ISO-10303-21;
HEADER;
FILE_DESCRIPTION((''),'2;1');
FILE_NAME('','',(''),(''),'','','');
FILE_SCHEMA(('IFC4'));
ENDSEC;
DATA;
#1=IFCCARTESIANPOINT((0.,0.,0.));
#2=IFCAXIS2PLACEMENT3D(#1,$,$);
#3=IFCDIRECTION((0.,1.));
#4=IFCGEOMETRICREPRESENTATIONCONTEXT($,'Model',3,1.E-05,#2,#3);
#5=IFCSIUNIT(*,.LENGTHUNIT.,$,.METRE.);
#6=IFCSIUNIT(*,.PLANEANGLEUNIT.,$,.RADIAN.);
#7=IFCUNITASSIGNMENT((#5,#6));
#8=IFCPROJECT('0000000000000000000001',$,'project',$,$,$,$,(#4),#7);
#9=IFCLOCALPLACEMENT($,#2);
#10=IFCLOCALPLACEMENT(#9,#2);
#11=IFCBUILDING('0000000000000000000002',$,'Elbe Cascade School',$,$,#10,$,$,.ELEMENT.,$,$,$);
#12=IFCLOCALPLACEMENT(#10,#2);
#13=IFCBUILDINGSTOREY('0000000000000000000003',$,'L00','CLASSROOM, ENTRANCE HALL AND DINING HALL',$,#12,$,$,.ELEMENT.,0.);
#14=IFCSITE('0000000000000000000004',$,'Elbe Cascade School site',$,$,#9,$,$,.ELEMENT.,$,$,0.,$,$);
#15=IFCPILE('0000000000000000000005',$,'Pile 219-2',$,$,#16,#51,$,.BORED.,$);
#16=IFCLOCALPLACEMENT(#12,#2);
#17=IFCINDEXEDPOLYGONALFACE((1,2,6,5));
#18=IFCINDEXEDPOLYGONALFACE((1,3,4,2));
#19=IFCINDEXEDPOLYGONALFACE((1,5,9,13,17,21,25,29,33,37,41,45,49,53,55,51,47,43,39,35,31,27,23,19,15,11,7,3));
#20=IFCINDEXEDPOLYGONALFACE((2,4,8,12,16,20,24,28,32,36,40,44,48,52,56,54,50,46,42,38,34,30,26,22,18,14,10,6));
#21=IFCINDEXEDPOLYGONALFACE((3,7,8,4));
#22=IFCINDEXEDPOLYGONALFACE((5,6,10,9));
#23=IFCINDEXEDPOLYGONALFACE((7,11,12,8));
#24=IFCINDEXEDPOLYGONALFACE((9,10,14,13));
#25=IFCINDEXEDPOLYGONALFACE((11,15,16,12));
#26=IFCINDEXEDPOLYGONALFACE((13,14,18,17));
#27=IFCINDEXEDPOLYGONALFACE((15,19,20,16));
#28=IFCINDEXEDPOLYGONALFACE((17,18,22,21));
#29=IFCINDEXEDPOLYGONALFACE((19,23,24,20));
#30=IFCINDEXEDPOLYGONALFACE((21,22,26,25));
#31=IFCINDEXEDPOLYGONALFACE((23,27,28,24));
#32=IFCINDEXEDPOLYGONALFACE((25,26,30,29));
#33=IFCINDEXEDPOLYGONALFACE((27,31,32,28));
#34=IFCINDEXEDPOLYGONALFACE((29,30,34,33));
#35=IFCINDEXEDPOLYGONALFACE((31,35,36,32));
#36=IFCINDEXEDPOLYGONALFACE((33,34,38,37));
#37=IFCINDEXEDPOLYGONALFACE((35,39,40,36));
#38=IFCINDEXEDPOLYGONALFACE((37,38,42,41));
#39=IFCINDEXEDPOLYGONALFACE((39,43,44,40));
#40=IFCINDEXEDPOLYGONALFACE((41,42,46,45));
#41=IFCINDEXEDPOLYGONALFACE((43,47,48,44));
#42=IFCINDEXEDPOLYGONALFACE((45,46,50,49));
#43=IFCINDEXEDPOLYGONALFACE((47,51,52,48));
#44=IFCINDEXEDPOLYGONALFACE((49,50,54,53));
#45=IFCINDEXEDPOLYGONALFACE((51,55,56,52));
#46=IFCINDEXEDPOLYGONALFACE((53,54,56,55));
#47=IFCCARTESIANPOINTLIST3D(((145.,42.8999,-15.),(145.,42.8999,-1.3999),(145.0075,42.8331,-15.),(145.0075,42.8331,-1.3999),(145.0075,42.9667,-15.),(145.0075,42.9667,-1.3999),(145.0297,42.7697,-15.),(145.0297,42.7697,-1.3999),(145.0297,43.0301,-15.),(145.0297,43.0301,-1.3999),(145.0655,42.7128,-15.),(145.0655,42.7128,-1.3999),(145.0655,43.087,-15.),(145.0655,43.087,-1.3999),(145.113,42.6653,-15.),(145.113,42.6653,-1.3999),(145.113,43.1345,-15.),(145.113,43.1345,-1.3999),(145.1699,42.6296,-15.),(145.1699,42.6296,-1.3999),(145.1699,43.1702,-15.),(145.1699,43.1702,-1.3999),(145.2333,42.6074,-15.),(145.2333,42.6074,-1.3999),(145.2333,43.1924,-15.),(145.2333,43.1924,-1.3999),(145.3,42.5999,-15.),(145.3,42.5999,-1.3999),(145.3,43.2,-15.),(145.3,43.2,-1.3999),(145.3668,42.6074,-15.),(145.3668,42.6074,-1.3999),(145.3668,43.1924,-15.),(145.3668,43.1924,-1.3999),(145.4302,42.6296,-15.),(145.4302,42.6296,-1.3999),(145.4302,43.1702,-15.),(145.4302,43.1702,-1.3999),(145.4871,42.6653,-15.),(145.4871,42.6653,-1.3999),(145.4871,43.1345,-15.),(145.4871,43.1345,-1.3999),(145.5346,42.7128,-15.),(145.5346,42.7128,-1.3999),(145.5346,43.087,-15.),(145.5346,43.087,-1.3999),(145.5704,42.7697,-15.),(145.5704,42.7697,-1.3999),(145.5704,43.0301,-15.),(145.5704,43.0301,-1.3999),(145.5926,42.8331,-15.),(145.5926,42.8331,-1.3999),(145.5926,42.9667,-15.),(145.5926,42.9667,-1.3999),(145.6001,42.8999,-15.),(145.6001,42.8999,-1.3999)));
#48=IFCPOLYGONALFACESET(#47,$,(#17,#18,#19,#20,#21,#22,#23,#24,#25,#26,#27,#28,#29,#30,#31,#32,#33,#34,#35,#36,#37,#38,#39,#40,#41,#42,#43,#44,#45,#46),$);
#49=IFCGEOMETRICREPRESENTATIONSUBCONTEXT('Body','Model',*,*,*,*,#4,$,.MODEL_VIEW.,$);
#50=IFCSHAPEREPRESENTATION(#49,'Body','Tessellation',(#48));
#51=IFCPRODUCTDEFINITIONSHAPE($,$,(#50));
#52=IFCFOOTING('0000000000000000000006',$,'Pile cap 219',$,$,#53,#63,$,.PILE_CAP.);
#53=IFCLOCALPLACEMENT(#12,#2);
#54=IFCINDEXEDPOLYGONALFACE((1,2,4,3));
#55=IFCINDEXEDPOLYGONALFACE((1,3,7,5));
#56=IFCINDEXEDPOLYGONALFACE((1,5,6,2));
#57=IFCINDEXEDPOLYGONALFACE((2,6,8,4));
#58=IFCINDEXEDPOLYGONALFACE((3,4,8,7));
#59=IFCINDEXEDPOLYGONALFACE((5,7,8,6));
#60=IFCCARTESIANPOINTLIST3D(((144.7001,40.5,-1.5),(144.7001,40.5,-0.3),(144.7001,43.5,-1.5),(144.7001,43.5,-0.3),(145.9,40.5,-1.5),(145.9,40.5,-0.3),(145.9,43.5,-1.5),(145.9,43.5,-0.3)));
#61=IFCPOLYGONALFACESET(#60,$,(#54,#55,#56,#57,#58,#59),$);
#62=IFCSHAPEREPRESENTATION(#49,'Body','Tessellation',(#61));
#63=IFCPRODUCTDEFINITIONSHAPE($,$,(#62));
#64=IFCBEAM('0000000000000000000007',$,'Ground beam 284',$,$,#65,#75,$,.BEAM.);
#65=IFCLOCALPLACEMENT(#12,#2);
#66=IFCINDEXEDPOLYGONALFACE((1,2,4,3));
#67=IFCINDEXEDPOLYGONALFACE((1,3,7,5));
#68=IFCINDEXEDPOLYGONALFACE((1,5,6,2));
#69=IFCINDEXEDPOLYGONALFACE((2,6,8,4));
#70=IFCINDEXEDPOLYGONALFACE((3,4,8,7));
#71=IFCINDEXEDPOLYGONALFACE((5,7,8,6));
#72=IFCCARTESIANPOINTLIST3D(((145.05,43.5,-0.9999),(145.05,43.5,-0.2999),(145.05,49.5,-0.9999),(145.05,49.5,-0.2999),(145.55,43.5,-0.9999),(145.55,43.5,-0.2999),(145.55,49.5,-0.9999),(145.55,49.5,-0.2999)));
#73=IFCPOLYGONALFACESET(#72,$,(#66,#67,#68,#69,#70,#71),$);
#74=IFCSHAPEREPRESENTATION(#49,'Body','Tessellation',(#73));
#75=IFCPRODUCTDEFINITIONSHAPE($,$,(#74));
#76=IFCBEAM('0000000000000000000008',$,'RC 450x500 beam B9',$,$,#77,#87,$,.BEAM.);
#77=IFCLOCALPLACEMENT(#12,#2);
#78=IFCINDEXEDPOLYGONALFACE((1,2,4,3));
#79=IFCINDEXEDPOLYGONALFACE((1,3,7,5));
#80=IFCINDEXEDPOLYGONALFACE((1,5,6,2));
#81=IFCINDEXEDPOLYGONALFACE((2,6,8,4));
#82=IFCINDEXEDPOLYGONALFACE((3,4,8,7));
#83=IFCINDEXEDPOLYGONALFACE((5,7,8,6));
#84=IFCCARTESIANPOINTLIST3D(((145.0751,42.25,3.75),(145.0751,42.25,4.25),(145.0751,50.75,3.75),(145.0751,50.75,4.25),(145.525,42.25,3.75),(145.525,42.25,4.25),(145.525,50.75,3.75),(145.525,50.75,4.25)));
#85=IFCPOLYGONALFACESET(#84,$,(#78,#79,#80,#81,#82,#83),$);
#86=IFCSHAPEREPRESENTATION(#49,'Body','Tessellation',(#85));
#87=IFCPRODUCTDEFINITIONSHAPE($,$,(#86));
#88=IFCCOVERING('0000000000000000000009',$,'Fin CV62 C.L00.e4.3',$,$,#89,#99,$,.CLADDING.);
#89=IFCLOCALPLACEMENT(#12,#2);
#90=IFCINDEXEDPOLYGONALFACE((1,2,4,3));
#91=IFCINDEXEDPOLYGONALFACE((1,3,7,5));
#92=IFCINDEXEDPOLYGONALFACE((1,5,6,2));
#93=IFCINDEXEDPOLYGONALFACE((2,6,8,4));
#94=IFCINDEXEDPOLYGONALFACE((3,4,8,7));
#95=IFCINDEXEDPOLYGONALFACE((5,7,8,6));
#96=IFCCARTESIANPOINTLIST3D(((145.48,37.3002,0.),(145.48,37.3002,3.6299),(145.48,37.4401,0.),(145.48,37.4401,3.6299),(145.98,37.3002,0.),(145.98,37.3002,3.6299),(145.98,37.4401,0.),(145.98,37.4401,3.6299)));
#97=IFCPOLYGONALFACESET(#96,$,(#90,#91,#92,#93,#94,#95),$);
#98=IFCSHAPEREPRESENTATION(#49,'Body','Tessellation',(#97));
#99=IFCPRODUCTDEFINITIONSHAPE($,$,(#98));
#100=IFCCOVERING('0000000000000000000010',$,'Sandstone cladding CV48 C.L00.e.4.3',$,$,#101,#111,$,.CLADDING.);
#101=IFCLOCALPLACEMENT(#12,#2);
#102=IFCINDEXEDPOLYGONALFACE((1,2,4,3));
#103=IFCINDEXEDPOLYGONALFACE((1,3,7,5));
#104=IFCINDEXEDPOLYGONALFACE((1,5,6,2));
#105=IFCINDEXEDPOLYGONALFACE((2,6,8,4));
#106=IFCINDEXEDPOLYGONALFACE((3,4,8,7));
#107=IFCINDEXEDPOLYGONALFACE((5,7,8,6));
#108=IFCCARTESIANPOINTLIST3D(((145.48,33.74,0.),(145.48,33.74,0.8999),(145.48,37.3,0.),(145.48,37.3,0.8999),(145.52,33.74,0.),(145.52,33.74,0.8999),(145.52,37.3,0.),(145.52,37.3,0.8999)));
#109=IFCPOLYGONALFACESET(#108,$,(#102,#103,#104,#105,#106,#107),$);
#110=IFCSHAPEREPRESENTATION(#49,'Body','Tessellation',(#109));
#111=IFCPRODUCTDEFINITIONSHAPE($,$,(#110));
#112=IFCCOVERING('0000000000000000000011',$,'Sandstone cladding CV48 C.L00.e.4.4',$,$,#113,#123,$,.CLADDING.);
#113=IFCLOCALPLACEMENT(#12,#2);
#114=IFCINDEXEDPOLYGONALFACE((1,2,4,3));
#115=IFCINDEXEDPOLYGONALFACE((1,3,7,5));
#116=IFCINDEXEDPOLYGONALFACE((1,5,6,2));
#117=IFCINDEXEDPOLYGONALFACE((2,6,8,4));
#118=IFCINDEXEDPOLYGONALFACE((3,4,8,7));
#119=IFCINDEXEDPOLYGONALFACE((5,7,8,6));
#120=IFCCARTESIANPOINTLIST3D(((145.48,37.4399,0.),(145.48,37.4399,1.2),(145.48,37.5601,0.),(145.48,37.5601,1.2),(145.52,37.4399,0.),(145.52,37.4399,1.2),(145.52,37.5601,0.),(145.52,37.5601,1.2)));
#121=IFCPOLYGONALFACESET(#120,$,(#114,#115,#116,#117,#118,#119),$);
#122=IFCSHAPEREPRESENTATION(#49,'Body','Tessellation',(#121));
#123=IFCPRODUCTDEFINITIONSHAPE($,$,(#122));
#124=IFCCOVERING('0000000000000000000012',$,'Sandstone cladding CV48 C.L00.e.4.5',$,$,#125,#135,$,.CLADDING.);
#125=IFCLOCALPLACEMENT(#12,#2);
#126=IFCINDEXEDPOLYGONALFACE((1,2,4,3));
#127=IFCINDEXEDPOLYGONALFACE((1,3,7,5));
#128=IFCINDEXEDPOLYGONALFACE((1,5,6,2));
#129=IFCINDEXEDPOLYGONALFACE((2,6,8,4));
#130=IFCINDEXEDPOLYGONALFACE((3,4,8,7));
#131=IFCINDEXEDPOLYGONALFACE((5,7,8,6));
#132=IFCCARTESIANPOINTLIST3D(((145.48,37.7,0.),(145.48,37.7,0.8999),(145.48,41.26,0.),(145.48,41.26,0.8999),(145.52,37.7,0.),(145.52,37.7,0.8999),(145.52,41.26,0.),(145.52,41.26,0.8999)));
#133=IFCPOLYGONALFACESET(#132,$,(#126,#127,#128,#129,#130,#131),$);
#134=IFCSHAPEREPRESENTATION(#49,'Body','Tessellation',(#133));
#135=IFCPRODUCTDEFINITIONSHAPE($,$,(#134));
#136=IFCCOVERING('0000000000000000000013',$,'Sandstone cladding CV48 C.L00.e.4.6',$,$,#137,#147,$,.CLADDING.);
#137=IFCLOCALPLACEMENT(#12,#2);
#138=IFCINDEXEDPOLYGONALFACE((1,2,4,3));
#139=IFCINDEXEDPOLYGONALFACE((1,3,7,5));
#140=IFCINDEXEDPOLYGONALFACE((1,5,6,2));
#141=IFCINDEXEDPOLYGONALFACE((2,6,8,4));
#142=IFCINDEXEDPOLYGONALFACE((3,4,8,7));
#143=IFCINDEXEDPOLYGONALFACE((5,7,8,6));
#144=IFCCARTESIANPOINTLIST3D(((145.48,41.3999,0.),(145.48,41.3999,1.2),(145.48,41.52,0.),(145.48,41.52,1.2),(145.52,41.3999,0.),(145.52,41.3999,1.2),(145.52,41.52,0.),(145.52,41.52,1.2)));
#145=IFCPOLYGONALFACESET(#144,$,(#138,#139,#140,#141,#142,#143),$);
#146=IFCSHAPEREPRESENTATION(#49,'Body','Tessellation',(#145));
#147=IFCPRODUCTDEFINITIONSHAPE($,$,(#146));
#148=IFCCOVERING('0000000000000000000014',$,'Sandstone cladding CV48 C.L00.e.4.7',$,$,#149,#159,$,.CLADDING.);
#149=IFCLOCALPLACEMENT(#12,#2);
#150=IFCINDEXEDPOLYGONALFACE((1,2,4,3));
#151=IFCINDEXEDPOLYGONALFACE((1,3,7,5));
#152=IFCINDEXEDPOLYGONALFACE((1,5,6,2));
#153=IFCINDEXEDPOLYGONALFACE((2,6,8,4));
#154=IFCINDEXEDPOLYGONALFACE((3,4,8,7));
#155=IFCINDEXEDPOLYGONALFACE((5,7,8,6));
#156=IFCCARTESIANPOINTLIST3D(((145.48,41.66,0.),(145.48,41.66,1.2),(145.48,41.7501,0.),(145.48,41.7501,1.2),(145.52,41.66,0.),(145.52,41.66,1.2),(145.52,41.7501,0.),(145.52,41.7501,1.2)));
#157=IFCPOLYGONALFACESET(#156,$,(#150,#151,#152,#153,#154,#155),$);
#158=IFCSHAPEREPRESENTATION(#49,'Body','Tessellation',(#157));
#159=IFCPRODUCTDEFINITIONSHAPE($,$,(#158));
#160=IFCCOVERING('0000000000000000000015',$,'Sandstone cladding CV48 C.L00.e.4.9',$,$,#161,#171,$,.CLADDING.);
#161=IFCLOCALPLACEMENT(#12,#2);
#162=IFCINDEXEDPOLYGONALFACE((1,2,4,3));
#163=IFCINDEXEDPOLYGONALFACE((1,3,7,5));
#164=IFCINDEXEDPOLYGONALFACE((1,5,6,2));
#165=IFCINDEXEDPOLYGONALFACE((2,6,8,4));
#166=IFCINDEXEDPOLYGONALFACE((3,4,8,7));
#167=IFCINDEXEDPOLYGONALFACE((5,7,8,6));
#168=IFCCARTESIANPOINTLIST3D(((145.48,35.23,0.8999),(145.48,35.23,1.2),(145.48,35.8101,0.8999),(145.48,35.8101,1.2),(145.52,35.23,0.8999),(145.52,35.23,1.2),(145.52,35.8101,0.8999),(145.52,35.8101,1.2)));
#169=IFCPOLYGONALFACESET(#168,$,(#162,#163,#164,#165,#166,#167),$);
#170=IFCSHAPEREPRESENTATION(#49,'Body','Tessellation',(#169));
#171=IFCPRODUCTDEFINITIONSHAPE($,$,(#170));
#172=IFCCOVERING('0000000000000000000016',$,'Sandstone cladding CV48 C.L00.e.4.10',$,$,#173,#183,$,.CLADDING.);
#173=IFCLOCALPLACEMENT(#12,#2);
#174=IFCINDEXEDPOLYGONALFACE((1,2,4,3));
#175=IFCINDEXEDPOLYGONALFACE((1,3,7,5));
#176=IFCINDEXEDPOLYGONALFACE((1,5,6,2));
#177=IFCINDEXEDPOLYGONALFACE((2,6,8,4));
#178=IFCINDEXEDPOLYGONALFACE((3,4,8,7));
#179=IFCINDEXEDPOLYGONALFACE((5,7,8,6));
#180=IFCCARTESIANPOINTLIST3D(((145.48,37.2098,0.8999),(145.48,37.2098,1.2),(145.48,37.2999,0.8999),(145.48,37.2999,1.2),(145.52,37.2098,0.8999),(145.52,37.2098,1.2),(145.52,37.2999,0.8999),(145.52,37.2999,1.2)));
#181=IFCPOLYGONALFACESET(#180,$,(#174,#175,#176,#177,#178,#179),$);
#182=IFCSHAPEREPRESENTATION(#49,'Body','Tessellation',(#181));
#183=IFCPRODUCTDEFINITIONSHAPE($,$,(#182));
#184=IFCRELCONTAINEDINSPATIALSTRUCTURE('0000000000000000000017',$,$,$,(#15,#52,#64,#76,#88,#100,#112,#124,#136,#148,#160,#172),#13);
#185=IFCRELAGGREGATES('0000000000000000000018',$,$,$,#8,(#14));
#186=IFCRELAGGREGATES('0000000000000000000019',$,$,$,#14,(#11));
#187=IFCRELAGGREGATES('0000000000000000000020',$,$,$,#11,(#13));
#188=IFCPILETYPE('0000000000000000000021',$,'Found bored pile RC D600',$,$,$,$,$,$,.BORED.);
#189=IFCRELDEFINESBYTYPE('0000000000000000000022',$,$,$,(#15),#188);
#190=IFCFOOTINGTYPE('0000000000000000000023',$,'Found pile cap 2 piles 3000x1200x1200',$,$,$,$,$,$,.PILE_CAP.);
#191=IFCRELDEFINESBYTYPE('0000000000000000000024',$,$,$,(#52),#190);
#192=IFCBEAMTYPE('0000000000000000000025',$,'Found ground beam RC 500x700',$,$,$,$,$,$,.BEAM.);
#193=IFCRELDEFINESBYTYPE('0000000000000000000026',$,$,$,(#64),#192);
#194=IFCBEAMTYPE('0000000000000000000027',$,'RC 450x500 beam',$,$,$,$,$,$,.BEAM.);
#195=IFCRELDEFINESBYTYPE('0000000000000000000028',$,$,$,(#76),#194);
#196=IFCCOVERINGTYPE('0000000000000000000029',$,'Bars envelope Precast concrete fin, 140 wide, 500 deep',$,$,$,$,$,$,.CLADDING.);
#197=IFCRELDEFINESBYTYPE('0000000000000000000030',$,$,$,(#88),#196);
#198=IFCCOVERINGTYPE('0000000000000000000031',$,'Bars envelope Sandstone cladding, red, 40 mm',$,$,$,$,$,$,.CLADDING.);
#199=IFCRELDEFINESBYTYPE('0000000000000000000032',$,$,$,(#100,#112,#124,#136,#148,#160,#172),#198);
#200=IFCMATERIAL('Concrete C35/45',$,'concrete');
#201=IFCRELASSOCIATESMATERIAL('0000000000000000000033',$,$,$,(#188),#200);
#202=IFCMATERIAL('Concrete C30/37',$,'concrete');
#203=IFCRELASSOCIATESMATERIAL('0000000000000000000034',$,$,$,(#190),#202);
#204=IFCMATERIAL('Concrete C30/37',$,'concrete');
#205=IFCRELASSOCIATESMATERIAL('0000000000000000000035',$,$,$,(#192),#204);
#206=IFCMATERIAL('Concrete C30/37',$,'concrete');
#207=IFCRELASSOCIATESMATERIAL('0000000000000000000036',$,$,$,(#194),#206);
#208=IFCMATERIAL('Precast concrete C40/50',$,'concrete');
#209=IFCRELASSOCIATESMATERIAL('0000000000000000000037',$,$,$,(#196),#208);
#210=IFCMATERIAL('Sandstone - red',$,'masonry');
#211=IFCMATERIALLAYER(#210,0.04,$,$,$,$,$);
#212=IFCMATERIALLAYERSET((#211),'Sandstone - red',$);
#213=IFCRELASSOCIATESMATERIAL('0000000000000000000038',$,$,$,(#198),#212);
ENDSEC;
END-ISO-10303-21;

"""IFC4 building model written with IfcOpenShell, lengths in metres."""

from ifc_helpers import new_model, si_unit, direction, frame, origin, origin_2d, place, context, subcontext, project, spatial, rectangle, circle, extrude, material, layer, layer_set, material_profile, profile_set, type_object, element, save


model = new_model("IFC4")

# Units and contexts
model_context = context("Model", 3, precision=1e-05, world=origin(), true_north=direction((0.0, 1.0)))
body_context = subcontext(model_context, "Body", "Model", "MODEL_VIEW")
ifc_project = project(units=[si_unit("LENGTHUNIT", "METRE"), si_unit("PLANEANGLEUNIT", "RADIAN")], contexts=[model_context])

# Site, building, storey
site_placement = place(None, origin())
site = spatial("IfcSite", under=ifc_project, at=site_placement, Name="Elbe Cascade School site", CompositionType="ELEMENT", RefElevation=0.0)
building_placement = place(site_placement, origin())
building = spatial("IfcBuilding", under=site, at=building_placement, Name="Elbe Cascade School", CompositionType="ELEMENT")
storey_placement = place(building_placement, origin())
storey = spatial("IfcBuildingStorey", under=building, at=storey_placement, Name="L00", Description="CLASSROOM, ENTRANCE HALL AND DINING HALL", CompositionType="ELEMENT", Elevation=0.0)

# Pile
ifc_material_1 = material(Name="Concrete C35/45", Category="concrete")
ifc_material_profile_1 = material_profile(ifc_material_1, circle(Radius=0.3, at=origin_2d()), Name="RC D600")
ifc_profile_set_1 = profile_set([ifc_material_profile_1], Name="Concrete C35/45")
pile_type = type_object("IfcPileType", Name="Found bored pile RC D600", PredefinedType="BORED", material=ifc_profile_set_1)
pile_placement = place(storey_placement, frame((145.3, 42.8999, -1.3999), z_axis=(0.0, 0.0, -1.0), x_axis=(1.0, 0.0, 0.0)))
element("IfcPile", 1, at=pile_placement, inside=storey, type_object=pile_type, Name="Pile 219-2", PredefinedType="BORED", context=body_context, shape_type="SweptSolid", body=[
    extrude(circle(Radius=0.3, at=origin_2d()), origin(), (0.0, 0.0, 1.0), 13.6001),
])

# Footing
ifc_material_2 = material(Name="Concrete C30/37", Category="concrete")
footing_type = type_object("IfcFootingType", Name="Found pile cap 2 piles 3000x1200x1200", PredefinedType="PILE_CAP", material=ifc_material_2)
footing_placement = place(storey_placement, frame((145.3, 42.0, -1.5), z_axis=(0.0, 0.0, 1.0), x_axis=(1.0, 0.0, 0.0)))
element("IfcFooting", 2, at=footing_placement, inside=storey, type_object=footing_type, Name="Pile cap 219", PredefinedType="PILE_CAP", context=body_context, shape_type="SweptSolid", body=[
    extrude(rectangle(XDim=1.2, YDim=3.0, at=origin_2d()), origin(), (0.0, 0.0, 1.0), 1.2),
])

# Beams
ifc_material_3 = material(Name="Concrete C30/37", Category="concrete")
ifc_material_profile_2 = material_profile(ifc_material_3, rectangle(XDim=0.5, YDim=0.7, at=origin_2d()), Name="RC 500x700")
ifc_profile_set_2 = profile_set([ifc_material_profile_2], Name="Concrete C30/37")
beam_type_1 = type_object("IfcBeamType", Name="Found ground beam RC 500x700", PredefinedType="BEAM", material=ifc_profile_set_2)
beam_1_placement = place(storey_placement, frame((145.3, 43.5, -0.6499), z_axis=(0.0, 1.0, 0.0), x_axis=(-1.0, 0.0, 0.0)))
element("IfcBeam", 3, at=beam_1_placement, inside=storey, type_object=beam_type_1, Name="Ground beam 284", PredefinedType="BEAM", context=body_context, shape_type="SweptSolid", body=[
    extrude(rectangle(XDim=0.5, YDim=0.7, at=origin_2d()), origin(), (0.0, 0.0, 1.0), 6.0),
])
ifc_material_4 = material(Name="Concrete C30/37", Category="concrete")
ifc_material_profile_3 = material_profile(ifc_material_4, rectangle(XDim=0.45, YDim=0.5, at=origin_2d()), Name="RC 450x500")
ifc_profile_set_3 = profile_set([ifc_material_profile_3], Name="Concrete C30/37")
beam_type_2 = type_object("IfcBeamType", Name="RC 450x500 beam", PredefinedType="BEAM", material=ifc_profile_set_3)
beam_2_placement = place(storey_placement, frame((145.3, 42.25, 4.0), z_axis=(0.0, 1.0, 0.0), x_axis=(-1.0, 0.0, 0.0)))
element("IfcBeam", 4, at=beam_2_placement, inside=storey, type_object=beam_type_2, Name="RC 450x500 beam B9", PredefinedType="BEAM", context=body_context, shape_type="SweptSolid", body=[
    extrude(rectangle(XDim=0.45, YDim=0.5, at=origin_2d()), origin(), (0.0, 0.0, 1.0), 8.5),
])

# Coverings
ifc_material_5 = material(Name="Precast concrete C40/50", Category="concrete")
covering_type_1 = type_object("IfcCoveringType", Name="Bars envelope Precast concrete fin, 140 wide, 500 deep", PredefinedType="CLADDING", material=ifc_material_5)
covering_1_placement = place(storey_placement, frame((145.73, 37.3701, 0.0), z_axis=(0.0, 0.0, 1.0), x_axis=(0.0, 1.0, 0.0)))
element("IfcCovering", 5, at=covering_1_placement, inside=storey, type_object=covering_type_1, Name="Fin CV62 C.L00.e4.3", PredefinedType="CLADDING", context=body_context, shape_type="SweptSolid", body=[
    extrude(rectangle(XDim=0.1399, YDim=0.5, at=origin_2d()), origin(), (0.0, 0.0, 1.0), 3.6299),
])
ifc_material_6 = material(Name="Sandstone - red", Category="masonry")
ifc_layer = layer(ifc_material_6, 0.04)
ifc_layer_set = layer_set([ifc_layer], Name="Sandstone - red")
covering_type_2 = type_object("IfcCoveringType", Name="Bars envelope Sandstone cladding, red, 40 mm", PredefinedType="CLADDING", material=ifc_layer_set)
covering_2_placement = place(storey_placement, frame((145.5, 35.52, 0.0), z_axis=(0.0, 0.0, 1.0), x_axis=(0.0, 1.0, 0.0)))
element("IfcCovering", 6, at=covering_2_placement, inside=storey, type_object=covering_type_2, Name="Sandstone cladding CV48 C.L00.e.4.3", PredefinedType="CLADDING", context=body_context, shape_type="SweptSolid", body=[
    extrude(rectangle(XDim=3.5601, YDim=0.04, at=origin_2d()), origin(), (0.0, 0.0, 1.0), 0.8999),
])
covering_3_placement = place(storey_placement, frame((145.5, 37.5, 0.0), z_axis=(0.0, 0.0, 1.0), x_axis=(0.0, 1.0, 0.0)))
element("IfcCovering", 7, at=covering_3_placement, inside=storey, type_object=covering_type_2, Name="Sandstone cladding CV48 C.L00.e.4.4", PredefinedType="CLADDING", context=body_context, shape_type="SweptSolid", body=[
    extrude(rectangle(XDim=0.1201, YDim=0.04, at=origin_2d()), origin(), (0.0, 0.0, 1.0), 1.2),
])
covering_4_placement = place(storey_placement, frame((145.5, 39.48, 0.0), z_axis=(0.0, 0.0, 1.0), x_axis=(0.0, 1.0, 0.0)))
element("IfcCovering", 8, at=covering_4_placement, inside=storey, type_object=covering_type_2, Name="Sandstone cladding CV48 C.L00.e.4.5", PredefinedType="CLADDING", context=body_context, shape_type="SweptSolid", body=[
    extrude(rectangle(XDim=3.5601, YDim=0.04, at=origin_2d()), origin(), (0.0, 0.0, 1.0), 0.8999),
])
covering_5_placement = place(storey_placement, frame((145.5, 41.46, 0.0), z_axis=(0.0, 0.0, 1.0), x_axis=(0.0, 1.0, 0.0)))
element("IfcCovering", 9, at=covering_5_placement, inside=storey, type_object=covering_type_2, Name="Sandstone cladding CV48 C.L00.e.4.6", PredefinedType="CLADDING", context=body_context, shape_type="SweptSolid", body=[
    extrude(rectangle(XDim=0.1201, YDim=0.04, at=origin_2d()), origin(), (0.0, 0.0, 1.0), 1.2),
])
covering_6_placement = place(storey_placement, frame((145.5, 41.7051, 0.0), z_axis=(0.0, 0.0, 1.0), x_axis=(0.0, 1.0, 0.0)))
element("IfcCovering", 10, at=covering_6_placement, inside=storey, type_object=covering_type_2, Name="Sandstone cladding CV48 C.L00.e.4.7", PredefinedType="CLADDING", context=body_context, shape_type="SweptSolid", body=[
    extrude(rectangle(XDim=0.0901, YDim=0.04, at=origin_2d()), origin(), (0.0, 0.0, 1.0), 1.2),
])
covering_7_placement = place(storey_placement, frame((145.5, 35.52, 0.8999), z_axis=(0.0, 0.0, 1.0), x_axis=(0.0, 1.0, 0.0)))
element("IfcCovering", 11, at=covering_7_placement, inside=storey, type_object=covering_type_2, Name="Sandstone cladding CV48 C.L00.e.4.9", PredefinedType="CLADDING", context=body_context, shape_type="SweptSolid", body=[
    extrude(rectangle(XDim=0.5801, YDim=0.04, at=origin_2d()), origin(), (0.0, 0.0, 1.0), 0.3),
])
for number, where, z_axis, x_axis, name in (
    (12, (145.5, 37.2549, 0.8999), (0.0, 0.0, 1.0), (0.0, 1.0, 0.0), "Sandstone cladding CV48 C.L00.e.4.10"),
):
    element("IfcCovering", number, at=place(storey_placement, frame(where, z_axis=z_axis, x_axis=x_axis)), inside=storey, type_object=covering_type_2, Name=name, PredefinedType="CLADDING", context=body_context, shape_type="SweptSolid", body=[
        extrude(rectangle(XDim=0.0901, YDim=0.04, at=origin_2d()), origin(), (0.0, 0.0, 1.0), 0.3),
    ])

save(model, "model.ifc")
